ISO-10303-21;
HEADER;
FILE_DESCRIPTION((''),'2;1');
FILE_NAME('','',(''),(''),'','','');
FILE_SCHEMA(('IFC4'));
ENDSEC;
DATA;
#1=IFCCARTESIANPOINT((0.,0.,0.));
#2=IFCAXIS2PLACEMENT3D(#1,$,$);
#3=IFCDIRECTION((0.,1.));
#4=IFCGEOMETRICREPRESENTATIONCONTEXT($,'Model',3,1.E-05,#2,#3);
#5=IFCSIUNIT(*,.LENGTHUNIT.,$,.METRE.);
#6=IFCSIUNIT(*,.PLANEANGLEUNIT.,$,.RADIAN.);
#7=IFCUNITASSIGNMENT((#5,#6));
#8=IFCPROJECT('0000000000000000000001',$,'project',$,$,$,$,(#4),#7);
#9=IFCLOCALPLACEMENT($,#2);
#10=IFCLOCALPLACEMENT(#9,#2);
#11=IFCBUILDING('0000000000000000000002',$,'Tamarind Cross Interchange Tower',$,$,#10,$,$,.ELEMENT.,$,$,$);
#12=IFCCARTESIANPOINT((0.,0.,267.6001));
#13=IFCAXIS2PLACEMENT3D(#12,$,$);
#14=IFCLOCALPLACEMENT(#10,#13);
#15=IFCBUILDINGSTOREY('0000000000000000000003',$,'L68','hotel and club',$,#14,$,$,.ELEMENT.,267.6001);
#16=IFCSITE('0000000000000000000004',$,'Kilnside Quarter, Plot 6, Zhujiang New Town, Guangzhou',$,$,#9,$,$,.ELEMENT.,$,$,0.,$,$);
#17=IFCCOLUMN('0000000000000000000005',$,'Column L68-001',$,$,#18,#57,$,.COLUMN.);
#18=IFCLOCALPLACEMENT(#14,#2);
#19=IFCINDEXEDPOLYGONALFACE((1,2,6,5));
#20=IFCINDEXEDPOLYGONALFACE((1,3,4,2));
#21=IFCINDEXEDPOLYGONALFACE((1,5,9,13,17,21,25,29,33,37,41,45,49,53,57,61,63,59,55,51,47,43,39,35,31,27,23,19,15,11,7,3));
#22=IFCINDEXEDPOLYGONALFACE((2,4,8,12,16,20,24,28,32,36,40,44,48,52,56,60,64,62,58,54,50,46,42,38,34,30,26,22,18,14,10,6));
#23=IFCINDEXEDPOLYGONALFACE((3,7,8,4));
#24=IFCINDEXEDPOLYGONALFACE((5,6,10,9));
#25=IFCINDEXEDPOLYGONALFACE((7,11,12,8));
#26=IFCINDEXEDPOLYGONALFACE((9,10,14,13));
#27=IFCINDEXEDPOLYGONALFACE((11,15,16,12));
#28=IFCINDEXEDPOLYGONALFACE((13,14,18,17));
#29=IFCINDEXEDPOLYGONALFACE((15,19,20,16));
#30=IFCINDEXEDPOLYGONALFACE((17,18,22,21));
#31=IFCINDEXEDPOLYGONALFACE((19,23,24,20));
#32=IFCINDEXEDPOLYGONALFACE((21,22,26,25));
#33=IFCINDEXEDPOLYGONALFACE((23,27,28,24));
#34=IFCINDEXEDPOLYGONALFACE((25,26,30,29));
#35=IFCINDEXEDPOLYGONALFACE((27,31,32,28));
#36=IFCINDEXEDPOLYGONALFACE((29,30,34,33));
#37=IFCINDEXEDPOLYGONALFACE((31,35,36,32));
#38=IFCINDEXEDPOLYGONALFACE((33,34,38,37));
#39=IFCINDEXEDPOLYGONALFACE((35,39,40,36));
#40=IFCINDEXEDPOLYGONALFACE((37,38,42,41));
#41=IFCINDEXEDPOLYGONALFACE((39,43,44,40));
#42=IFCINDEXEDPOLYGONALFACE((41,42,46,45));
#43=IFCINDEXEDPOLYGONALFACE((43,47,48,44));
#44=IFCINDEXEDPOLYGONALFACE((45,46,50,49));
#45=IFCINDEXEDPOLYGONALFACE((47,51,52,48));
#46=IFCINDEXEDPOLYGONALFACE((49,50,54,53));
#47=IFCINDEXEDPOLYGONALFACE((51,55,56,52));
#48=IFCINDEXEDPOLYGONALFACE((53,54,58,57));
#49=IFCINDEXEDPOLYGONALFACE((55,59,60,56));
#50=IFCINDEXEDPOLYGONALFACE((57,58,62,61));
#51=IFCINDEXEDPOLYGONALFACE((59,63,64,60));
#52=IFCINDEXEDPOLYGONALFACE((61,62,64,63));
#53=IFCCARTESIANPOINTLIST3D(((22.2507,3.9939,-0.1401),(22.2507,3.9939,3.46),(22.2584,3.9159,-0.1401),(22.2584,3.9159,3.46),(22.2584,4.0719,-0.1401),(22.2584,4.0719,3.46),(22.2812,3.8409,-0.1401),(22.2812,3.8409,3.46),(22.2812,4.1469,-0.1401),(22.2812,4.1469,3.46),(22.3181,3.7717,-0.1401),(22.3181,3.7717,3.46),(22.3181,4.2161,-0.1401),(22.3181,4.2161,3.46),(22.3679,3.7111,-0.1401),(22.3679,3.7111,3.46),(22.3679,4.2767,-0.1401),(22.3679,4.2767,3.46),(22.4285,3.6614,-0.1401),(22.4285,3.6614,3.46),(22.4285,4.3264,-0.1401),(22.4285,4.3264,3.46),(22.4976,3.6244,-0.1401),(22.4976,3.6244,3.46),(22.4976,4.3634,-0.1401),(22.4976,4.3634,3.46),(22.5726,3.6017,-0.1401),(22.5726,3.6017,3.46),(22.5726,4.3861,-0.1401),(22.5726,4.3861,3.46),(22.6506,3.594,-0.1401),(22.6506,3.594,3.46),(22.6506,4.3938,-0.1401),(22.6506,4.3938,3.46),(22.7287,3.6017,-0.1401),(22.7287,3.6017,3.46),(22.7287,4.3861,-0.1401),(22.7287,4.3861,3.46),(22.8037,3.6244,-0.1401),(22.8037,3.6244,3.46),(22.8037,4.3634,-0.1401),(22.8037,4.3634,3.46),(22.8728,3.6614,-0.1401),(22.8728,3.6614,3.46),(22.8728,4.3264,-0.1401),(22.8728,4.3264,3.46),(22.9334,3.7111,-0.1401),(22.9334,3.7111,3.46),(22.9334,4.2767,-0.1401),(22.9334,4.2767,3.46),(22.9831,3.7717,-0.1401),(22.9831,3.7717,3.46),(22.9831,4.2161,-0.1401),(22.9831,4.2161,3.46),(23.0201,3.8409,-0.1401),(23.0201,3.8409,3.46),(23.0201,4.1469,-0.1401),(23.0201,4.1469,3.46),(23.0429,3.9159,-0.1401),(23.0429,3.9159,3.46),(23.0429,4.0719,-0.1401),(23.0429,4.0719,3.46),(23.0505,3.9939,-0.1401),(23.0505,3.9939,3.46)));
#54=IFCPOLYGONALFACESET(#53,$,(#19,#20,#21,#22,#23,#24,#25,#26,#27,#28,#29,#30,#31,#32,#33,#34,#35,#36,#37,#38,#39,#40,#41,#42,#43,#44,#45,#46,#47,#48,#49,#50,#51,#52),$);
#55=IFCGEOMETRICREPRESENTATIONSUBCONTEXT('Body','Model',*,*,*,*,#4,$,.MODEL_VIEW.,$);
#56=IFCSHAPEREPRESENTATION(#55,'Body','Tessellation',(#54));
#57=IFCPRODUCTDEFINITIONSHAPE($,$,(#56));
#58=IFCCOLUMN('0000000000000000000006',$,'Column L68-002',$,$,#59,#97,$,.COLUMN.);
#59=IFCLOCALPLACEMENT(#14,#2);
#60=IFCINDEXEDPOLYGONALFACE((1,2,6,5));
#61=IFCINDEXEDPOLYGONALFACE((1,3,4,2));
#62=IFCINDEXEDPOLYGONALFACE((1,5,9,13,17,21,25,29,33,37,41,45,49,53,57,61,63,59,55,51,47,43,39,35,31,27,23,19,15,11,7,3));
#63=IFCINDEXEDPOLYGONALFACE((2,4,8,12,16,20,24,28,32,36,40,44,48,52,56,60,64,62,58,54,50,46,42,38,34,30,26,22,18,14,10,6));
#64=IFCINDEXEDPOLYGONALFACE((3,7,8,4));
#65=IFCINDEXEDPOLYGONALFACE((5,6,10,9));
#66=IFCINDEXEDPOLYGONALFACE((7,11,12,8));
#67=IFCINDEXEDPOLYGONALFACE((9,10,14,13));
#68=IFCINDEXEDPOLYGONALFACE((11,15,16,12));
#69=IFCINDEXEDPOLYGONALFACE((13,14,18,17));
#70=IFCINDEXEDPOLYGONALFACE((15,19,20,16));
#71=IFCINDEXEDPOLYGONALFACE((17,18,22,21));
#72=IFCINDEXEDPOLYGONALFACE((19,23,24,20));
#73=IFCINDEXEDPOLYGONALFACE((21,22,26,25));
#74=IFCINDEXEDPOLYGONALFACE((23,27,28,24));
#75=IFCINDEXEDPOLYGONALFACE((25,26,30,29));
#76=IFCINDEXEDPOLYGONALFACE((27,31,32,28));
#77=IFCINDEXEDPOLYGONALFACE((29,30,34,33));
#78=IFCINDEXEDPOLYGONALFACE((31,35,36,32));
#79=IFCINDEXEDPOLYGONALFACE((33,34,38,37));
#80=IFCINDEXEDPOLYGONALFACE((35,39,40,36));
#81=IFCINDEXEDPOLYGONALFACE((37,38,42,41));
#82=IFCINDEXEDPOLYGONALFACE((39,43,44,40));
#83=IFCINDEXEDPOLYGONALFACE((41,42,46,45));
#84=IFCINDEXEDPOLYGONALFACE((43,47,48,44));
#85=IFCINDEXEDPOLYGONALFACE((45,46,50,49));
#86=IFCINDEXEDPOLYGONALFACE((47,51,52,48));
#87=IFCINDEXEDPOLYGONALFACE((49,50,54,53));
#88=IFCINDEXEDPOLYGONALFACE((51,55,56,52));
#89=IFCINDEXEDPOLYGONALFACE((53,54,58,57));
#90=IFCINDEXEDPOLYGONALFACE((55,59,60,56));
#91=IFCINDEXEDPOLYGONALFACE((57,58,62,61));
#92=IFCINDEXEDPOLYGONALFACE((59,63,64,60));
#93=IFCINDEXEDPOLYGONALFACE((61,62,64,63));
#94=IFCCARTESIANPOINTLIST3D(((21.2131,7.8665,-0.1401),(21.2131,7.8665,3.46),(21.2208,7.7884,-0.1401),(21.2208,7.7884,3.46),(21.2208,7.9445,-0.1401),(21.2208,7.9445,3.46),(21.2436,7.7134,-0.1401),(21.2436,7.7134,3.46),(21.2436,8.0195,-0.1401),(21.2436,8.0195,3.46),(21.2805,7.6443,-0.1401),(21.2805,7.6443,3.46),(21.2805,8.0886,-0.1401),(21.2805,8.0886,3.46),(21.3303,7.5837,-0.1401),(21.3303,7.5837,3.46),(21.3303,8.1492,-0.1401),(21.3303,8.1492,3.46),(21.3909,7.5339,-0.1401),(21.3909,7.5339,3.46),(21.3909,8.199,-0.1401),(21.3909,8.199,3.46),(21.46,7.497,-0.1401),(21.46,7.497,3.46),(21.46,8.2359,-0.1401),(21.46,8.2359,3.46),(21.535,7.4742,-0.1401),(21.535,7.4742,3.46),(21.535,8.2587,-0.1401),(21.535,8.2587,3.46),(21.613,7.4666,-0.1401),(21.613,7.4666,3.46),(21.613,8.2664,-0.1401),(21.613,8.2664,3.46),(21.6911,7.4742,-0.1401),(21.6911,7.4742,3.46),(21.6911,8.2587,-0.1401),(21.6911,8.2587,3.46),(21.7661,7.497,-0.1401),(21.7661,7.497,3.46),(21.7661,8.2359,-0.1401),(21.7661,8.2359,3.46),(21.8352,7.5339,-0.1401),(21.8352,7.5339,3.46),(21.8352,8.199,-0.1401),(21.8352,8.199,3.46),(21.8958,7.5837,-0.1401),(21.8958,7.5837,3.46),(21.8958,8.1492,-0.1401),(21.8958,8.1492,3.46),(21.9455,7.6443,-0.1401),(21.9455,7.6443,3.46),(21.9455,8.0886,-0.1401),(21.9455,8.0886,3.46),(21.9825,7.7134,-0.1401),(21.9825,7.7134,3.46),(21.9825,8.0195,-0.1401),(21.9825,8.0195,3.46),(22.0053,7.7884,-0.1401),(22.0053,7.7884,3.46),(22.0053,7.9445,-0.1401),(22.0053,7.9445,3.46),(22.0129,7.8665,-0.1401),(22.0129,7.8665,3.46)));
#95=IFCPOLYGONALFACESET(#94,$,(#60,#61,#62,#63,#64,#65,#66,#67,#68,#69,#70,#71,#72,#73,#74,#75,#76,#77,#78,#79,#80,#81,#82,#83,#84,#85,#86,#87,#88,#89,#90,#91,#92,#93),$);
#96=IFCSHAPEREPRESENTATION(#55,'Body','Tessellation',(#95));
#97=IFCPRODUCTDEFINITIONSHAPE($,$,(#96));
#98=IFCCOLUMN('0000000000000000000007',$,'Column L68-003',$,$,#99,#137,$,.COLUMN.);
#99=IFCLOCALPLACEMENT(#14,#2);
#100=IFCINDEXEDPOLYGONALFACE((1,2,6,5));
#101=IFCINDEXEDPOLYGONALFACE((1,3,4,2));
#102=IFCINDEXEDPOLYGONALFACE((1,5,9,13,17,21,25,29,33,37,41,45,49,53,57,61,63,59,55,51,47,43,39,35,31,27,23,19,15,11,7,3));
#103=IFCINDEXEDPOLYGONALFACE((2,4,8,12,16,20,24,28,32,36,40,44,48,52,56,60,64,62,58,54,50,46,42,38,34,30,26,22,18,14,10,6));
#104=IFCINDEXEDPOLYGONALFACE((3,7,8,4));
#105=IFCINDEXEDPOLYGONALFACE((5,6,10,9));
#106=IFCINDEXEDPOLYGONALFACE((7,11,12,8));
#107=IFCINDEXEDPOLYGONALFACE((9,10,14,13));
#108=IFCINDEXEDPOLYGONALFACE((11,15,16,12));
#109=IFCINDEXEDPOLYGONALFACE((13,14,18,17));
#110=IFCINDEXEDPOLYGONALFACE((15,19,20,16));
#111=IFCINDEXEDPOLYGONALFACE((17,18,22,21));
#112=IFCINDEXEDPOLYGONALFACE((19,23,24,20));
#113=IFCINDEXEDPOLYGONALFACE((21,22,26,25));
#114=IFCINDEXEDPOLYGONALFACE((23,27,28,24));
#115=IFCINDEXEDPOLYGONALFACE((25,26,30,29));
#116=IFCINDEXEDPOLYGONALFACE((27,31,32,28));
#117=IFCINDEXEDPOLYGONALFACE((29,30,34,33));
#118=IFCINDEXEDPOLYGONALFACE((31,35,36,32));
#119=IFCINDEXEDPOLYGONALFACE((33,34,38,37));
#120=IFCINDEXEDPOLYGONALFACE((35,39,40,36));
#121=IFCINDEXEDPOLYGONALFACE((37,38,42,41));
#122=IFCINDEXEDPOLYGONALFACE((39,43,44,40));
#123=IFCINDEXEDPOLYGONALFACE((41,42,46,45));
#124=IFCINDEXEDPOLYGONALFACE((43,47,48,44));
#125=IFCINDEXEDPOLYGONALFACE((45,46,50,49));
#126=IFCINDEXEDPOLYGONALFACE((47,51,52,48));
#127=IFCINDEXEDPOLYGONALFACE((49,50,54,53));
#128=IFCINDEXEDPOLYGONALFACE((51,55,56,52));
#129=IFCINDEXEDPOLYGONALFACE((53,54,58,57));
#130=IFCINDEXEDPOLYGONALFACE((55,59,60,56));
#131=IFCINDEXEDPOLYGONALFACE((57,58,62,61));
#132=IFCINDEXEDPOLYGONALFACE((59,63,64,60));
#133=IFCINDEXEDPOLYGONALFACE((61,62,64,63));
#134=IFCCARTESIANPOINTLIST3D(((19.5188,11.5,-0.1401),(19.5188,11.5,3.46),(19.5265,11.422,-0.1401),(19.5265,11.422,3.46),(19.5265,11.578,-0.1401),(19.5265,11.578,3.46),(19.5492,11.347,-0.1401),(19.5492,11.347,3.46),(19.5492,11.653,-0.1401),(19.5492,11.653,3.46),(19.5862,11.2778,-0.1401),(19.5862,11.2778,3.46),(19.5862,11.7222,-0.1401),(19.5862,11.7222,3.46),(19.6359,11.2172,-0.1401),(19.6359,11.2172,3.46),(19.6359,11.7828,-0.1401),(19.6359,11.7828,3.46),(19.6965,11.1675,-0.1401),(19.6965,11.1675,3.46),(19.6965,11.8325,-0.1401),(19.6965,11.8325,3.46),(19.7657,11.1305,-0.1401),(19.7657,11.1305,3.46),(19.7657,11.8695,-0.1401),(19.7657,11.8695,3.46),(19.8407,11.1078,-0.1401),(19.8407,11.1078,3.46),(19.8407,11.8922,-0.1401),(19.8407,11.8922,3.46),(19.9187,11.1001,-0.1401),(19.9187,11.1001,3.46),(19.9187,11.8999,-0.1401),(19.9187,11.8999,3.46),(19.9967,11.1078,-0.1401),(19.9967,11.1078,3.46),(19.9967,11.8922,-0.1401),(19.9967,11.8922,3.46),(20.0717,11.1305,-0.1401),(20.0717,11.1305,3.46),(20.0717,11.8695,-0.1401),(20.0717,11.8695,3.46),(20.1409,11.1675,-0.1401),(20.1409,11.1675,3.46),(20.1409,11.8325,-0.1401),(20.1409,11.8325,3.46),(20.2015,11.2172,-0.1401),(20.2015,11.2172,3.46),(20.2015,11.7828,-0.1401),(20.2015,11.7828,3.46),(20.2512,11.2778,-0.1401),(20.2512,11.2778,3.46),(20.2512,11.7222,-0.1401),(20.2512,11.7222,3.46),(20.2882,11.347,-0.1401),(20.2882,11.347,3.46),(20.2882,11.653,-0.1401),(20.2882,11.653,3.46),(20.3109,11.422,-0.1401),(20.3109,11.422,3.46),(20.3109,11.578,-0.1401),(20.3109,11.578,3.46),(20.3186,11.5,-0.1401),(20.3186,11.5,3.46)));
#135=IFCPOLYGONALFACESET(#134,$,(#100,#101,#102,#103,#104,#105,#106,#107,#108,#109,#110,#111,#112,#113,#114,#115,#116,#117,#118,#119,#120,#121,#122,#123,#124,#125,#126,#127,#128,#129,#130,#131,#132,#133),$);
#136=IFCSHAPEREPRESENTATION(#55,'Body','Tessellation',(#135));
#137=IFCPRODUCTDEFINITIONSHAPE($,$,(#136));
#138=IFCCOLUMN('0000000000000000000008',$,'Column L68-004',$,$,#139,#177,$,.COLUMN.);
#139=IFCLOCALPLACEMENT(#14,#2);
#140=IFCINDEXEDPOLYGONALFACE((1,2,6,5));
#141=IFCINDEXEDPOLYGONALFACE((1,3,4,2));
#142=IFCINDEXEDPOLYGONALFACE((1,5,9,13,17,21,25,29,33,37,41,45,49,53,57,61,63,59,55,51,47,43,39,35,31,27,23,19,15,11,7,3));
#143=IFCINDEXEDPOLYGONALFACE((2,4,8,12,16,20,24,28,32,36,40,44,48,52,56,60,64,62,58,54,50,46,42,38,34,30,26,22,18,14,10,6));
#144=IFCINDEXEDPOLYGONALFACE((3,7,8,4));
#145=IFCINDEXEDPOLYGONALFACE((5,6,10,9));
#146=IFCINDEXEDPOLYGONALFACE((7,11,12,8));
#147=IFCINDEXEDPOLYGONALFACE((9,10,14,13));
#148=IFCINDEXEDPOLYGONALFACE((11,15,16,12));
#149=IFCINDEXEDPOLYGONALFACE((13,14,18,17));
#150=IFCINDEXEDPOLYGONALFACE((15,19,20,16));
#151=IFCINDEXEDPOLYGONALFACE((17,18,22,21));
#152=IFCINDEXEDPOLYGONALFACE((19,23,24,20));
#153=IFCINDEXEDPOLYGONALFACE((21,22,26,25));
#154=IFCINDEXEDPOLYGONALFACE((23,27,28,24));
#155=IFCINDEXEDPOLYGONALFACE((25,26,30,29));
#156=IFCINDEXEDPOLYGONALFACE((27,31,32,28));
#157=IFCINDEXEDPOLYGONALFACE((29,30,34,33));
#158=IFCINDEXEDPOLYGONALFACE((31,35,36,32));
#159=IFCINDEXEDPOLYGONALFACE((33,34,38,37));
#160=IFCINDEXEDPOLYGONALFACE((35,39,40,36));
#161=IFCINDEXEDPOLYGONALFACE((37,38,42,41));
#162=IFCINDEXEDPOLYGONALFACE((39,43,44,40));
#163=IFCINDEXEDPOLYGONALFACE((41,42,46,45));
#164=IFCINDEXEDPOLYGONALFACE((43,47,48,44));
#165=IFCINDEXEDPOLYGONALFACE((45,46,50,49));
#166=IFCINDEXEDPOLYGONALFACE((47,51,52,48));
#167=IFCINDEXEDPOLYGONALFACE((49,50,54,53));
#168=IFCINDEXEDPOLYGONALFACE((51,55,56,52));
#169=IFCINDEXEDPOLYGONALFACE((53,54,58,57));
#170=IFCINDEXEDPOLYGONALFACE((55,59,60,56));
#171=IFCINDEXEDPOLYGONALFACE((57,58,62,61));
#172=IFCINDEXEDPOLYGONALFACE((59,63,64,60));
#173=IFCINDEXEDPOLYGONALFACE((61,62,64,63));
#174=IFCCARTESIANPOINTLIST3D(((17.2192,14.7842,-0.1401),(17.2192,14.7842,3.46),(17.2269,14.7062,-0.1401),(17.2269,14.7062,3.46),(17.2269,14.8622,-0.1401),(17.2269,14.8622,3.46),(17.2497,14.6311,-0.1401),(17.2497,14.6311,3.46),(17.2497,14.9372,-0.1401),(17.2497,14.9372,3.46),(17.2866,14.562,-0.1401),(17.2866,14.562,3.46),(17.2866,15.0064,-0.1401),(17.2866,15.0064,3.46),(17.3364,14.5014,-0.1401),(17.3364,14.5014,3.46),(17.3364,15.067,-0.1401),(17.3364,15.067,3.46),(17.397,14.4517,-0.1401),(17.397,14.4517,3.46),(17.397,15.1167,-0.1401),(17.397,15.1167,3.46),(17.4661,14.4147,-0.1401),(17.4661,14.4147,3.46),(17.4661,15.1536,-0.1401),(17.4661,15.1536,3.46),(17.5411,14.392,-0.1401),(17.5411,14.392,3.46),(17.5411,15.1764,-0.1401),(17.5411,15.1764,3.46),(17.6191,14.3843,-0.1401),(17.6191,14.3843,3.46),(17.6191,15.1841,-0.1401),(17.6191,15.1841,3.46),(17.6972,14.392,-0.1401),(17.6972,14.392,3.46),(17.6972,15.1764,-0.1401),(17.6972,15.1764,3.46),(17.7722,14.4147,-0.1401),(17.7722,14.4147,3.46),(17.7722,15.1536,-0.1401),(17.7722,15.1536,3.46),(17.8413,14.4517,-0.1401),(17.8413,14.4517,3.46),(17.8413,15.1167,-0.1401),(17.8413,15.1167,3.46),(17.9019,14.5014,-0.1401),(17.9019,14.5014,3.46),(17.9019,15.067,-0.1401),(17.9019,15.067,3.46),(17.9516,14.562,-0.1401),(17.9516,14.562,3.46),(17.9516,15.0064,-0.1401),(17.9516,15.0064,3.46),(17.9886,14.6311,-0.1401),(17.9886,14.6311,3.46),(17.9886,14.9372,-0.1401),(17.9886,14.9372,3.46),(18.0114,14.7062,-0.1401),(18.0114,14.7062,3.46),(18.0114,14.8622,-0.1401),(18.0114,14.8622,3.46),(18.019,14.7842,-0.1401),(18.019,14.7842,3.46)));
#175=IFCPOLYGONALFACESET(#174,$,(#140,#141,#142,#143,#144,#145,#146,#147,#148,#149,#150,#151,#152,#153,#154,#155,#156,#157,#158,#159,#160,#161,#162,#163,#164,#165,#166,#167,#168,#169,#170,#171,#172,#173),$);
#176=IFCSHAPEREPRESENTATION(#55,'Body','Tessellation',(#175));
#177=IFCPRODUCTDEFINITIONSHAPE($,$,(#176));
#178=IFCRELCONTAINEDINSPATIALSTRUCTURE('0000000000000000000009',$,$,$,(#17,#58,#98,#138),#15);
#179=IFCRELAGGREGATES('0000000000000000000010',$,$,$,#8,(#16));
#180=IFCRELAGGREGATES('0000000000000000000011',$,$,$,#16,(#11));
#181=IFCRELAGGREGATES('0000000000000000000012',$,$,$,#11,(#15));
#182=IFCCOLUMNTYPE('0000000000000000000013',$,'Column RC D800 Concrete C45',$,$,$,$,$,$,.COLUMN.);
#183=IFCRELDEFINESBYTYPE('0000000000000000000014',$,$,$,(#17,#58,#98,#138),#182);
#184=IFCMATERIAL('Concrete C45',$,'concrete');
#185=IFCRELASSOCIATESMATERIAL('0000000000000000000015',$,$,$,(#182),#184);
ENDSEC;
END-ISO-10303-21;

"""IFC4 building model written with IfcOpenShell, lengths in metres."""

from ifc_helpers import new_model, si_unit, direction, frame, origin, origin_2d, place, context, subcontext, project, spatial, circle, extrude, material, material_profile, profile_set, type_object, element, save


model = new_model("IFC4")

# Units and contexts
model_context = context("Model", 3, precision=1e-05, world=origin(), true_north=direction((0.0, 1.0)))
body_context = subcontext(model_context, "Body", "Model", "MODEL_VIEW")
ifc_project = project(units=[si_unit("LENGTHUNIT", "METRE"), si_unit("PLANEANGLEUNIT", "RADIAN")], contexts=[model_context])

# Site, building, storey
site_placement = place(None, origin())
site = spatial("IfcSite", under=ifc_project, at=site_placement, Name="Kilnside Quarter, Plot 6, Zhujiang New Town, Guangzhou", CompositionType="ELEMENT", RefElevation=0.0)
building_placement = place(site_placement, origin())
building = spatial("IfcBuilding", under=site, at=building_placement, Name="Tamarind Cross Interchange Tower", CompositionType="ELEMENT")
storey_placement = place(building_placement, frame((0.0, 0.0, 267.6001)))
storey = spatial("IfcBuildingStorey", under=building, at=storey_placement, Name="L68", Description="hotel and club", CompositionType="ELEMENT", Elevation=267.6001)

# Columns
ifc_material_1 = material(Name="Concrete C45", Category="concrete")
ifc_material_profile_1 = material_profile(ifc_material_1, circle(Radius=0.3999, at=origin_2d()), Name="RC D800")
ifc_profile_set_1 = profile_set([ifc_material_profile_1], Name="Concrete C45")
column_type = type_object("IfcColumnType", Name="Column RC D800 Concrete C45", PredefinedType="COLUMN", material=ifc_profile_set_1)
for number, where, z_axis, x_axis, name in (
    (1, (22.6506, 3.9939, -0.1401), (0.0, 0.0, 1.0), (1.0, 0.0, 0.0), "Column L68-001"),
    (2, (21.613, 7.8665, -0.1401), (0.0, 0.0, 1.0), (1.0, 0.0, 0.0), "Column L68-002"),
    (3, (19.9187, 11.5, -0.1401), (0.0, 0.0, 1.0), (1.0, 0.0, 0.0), "Column L68-003"),
    (4, (17.6191, 14.7842, -0.1401), (0.0, 0.0, 1.0), (1.0, 0.0, 0.0), "Column L68-004"),
):
    element("IfcColumn", number, at=place(storey_placement, frame(where, z_axis=z_axis, x_axis=x_axis)), inside=storey, type_object=column_type, Name=name, PredefinedType="COLUMN", context=body_context, shape_type="SweptSolid", body=[
        extrude(circle(Radius=0.3999, at=origin_2d()), origin(), (0.0, 0.0, 1.0), 3.6001),
    ])

save(model, "model.ifc")
